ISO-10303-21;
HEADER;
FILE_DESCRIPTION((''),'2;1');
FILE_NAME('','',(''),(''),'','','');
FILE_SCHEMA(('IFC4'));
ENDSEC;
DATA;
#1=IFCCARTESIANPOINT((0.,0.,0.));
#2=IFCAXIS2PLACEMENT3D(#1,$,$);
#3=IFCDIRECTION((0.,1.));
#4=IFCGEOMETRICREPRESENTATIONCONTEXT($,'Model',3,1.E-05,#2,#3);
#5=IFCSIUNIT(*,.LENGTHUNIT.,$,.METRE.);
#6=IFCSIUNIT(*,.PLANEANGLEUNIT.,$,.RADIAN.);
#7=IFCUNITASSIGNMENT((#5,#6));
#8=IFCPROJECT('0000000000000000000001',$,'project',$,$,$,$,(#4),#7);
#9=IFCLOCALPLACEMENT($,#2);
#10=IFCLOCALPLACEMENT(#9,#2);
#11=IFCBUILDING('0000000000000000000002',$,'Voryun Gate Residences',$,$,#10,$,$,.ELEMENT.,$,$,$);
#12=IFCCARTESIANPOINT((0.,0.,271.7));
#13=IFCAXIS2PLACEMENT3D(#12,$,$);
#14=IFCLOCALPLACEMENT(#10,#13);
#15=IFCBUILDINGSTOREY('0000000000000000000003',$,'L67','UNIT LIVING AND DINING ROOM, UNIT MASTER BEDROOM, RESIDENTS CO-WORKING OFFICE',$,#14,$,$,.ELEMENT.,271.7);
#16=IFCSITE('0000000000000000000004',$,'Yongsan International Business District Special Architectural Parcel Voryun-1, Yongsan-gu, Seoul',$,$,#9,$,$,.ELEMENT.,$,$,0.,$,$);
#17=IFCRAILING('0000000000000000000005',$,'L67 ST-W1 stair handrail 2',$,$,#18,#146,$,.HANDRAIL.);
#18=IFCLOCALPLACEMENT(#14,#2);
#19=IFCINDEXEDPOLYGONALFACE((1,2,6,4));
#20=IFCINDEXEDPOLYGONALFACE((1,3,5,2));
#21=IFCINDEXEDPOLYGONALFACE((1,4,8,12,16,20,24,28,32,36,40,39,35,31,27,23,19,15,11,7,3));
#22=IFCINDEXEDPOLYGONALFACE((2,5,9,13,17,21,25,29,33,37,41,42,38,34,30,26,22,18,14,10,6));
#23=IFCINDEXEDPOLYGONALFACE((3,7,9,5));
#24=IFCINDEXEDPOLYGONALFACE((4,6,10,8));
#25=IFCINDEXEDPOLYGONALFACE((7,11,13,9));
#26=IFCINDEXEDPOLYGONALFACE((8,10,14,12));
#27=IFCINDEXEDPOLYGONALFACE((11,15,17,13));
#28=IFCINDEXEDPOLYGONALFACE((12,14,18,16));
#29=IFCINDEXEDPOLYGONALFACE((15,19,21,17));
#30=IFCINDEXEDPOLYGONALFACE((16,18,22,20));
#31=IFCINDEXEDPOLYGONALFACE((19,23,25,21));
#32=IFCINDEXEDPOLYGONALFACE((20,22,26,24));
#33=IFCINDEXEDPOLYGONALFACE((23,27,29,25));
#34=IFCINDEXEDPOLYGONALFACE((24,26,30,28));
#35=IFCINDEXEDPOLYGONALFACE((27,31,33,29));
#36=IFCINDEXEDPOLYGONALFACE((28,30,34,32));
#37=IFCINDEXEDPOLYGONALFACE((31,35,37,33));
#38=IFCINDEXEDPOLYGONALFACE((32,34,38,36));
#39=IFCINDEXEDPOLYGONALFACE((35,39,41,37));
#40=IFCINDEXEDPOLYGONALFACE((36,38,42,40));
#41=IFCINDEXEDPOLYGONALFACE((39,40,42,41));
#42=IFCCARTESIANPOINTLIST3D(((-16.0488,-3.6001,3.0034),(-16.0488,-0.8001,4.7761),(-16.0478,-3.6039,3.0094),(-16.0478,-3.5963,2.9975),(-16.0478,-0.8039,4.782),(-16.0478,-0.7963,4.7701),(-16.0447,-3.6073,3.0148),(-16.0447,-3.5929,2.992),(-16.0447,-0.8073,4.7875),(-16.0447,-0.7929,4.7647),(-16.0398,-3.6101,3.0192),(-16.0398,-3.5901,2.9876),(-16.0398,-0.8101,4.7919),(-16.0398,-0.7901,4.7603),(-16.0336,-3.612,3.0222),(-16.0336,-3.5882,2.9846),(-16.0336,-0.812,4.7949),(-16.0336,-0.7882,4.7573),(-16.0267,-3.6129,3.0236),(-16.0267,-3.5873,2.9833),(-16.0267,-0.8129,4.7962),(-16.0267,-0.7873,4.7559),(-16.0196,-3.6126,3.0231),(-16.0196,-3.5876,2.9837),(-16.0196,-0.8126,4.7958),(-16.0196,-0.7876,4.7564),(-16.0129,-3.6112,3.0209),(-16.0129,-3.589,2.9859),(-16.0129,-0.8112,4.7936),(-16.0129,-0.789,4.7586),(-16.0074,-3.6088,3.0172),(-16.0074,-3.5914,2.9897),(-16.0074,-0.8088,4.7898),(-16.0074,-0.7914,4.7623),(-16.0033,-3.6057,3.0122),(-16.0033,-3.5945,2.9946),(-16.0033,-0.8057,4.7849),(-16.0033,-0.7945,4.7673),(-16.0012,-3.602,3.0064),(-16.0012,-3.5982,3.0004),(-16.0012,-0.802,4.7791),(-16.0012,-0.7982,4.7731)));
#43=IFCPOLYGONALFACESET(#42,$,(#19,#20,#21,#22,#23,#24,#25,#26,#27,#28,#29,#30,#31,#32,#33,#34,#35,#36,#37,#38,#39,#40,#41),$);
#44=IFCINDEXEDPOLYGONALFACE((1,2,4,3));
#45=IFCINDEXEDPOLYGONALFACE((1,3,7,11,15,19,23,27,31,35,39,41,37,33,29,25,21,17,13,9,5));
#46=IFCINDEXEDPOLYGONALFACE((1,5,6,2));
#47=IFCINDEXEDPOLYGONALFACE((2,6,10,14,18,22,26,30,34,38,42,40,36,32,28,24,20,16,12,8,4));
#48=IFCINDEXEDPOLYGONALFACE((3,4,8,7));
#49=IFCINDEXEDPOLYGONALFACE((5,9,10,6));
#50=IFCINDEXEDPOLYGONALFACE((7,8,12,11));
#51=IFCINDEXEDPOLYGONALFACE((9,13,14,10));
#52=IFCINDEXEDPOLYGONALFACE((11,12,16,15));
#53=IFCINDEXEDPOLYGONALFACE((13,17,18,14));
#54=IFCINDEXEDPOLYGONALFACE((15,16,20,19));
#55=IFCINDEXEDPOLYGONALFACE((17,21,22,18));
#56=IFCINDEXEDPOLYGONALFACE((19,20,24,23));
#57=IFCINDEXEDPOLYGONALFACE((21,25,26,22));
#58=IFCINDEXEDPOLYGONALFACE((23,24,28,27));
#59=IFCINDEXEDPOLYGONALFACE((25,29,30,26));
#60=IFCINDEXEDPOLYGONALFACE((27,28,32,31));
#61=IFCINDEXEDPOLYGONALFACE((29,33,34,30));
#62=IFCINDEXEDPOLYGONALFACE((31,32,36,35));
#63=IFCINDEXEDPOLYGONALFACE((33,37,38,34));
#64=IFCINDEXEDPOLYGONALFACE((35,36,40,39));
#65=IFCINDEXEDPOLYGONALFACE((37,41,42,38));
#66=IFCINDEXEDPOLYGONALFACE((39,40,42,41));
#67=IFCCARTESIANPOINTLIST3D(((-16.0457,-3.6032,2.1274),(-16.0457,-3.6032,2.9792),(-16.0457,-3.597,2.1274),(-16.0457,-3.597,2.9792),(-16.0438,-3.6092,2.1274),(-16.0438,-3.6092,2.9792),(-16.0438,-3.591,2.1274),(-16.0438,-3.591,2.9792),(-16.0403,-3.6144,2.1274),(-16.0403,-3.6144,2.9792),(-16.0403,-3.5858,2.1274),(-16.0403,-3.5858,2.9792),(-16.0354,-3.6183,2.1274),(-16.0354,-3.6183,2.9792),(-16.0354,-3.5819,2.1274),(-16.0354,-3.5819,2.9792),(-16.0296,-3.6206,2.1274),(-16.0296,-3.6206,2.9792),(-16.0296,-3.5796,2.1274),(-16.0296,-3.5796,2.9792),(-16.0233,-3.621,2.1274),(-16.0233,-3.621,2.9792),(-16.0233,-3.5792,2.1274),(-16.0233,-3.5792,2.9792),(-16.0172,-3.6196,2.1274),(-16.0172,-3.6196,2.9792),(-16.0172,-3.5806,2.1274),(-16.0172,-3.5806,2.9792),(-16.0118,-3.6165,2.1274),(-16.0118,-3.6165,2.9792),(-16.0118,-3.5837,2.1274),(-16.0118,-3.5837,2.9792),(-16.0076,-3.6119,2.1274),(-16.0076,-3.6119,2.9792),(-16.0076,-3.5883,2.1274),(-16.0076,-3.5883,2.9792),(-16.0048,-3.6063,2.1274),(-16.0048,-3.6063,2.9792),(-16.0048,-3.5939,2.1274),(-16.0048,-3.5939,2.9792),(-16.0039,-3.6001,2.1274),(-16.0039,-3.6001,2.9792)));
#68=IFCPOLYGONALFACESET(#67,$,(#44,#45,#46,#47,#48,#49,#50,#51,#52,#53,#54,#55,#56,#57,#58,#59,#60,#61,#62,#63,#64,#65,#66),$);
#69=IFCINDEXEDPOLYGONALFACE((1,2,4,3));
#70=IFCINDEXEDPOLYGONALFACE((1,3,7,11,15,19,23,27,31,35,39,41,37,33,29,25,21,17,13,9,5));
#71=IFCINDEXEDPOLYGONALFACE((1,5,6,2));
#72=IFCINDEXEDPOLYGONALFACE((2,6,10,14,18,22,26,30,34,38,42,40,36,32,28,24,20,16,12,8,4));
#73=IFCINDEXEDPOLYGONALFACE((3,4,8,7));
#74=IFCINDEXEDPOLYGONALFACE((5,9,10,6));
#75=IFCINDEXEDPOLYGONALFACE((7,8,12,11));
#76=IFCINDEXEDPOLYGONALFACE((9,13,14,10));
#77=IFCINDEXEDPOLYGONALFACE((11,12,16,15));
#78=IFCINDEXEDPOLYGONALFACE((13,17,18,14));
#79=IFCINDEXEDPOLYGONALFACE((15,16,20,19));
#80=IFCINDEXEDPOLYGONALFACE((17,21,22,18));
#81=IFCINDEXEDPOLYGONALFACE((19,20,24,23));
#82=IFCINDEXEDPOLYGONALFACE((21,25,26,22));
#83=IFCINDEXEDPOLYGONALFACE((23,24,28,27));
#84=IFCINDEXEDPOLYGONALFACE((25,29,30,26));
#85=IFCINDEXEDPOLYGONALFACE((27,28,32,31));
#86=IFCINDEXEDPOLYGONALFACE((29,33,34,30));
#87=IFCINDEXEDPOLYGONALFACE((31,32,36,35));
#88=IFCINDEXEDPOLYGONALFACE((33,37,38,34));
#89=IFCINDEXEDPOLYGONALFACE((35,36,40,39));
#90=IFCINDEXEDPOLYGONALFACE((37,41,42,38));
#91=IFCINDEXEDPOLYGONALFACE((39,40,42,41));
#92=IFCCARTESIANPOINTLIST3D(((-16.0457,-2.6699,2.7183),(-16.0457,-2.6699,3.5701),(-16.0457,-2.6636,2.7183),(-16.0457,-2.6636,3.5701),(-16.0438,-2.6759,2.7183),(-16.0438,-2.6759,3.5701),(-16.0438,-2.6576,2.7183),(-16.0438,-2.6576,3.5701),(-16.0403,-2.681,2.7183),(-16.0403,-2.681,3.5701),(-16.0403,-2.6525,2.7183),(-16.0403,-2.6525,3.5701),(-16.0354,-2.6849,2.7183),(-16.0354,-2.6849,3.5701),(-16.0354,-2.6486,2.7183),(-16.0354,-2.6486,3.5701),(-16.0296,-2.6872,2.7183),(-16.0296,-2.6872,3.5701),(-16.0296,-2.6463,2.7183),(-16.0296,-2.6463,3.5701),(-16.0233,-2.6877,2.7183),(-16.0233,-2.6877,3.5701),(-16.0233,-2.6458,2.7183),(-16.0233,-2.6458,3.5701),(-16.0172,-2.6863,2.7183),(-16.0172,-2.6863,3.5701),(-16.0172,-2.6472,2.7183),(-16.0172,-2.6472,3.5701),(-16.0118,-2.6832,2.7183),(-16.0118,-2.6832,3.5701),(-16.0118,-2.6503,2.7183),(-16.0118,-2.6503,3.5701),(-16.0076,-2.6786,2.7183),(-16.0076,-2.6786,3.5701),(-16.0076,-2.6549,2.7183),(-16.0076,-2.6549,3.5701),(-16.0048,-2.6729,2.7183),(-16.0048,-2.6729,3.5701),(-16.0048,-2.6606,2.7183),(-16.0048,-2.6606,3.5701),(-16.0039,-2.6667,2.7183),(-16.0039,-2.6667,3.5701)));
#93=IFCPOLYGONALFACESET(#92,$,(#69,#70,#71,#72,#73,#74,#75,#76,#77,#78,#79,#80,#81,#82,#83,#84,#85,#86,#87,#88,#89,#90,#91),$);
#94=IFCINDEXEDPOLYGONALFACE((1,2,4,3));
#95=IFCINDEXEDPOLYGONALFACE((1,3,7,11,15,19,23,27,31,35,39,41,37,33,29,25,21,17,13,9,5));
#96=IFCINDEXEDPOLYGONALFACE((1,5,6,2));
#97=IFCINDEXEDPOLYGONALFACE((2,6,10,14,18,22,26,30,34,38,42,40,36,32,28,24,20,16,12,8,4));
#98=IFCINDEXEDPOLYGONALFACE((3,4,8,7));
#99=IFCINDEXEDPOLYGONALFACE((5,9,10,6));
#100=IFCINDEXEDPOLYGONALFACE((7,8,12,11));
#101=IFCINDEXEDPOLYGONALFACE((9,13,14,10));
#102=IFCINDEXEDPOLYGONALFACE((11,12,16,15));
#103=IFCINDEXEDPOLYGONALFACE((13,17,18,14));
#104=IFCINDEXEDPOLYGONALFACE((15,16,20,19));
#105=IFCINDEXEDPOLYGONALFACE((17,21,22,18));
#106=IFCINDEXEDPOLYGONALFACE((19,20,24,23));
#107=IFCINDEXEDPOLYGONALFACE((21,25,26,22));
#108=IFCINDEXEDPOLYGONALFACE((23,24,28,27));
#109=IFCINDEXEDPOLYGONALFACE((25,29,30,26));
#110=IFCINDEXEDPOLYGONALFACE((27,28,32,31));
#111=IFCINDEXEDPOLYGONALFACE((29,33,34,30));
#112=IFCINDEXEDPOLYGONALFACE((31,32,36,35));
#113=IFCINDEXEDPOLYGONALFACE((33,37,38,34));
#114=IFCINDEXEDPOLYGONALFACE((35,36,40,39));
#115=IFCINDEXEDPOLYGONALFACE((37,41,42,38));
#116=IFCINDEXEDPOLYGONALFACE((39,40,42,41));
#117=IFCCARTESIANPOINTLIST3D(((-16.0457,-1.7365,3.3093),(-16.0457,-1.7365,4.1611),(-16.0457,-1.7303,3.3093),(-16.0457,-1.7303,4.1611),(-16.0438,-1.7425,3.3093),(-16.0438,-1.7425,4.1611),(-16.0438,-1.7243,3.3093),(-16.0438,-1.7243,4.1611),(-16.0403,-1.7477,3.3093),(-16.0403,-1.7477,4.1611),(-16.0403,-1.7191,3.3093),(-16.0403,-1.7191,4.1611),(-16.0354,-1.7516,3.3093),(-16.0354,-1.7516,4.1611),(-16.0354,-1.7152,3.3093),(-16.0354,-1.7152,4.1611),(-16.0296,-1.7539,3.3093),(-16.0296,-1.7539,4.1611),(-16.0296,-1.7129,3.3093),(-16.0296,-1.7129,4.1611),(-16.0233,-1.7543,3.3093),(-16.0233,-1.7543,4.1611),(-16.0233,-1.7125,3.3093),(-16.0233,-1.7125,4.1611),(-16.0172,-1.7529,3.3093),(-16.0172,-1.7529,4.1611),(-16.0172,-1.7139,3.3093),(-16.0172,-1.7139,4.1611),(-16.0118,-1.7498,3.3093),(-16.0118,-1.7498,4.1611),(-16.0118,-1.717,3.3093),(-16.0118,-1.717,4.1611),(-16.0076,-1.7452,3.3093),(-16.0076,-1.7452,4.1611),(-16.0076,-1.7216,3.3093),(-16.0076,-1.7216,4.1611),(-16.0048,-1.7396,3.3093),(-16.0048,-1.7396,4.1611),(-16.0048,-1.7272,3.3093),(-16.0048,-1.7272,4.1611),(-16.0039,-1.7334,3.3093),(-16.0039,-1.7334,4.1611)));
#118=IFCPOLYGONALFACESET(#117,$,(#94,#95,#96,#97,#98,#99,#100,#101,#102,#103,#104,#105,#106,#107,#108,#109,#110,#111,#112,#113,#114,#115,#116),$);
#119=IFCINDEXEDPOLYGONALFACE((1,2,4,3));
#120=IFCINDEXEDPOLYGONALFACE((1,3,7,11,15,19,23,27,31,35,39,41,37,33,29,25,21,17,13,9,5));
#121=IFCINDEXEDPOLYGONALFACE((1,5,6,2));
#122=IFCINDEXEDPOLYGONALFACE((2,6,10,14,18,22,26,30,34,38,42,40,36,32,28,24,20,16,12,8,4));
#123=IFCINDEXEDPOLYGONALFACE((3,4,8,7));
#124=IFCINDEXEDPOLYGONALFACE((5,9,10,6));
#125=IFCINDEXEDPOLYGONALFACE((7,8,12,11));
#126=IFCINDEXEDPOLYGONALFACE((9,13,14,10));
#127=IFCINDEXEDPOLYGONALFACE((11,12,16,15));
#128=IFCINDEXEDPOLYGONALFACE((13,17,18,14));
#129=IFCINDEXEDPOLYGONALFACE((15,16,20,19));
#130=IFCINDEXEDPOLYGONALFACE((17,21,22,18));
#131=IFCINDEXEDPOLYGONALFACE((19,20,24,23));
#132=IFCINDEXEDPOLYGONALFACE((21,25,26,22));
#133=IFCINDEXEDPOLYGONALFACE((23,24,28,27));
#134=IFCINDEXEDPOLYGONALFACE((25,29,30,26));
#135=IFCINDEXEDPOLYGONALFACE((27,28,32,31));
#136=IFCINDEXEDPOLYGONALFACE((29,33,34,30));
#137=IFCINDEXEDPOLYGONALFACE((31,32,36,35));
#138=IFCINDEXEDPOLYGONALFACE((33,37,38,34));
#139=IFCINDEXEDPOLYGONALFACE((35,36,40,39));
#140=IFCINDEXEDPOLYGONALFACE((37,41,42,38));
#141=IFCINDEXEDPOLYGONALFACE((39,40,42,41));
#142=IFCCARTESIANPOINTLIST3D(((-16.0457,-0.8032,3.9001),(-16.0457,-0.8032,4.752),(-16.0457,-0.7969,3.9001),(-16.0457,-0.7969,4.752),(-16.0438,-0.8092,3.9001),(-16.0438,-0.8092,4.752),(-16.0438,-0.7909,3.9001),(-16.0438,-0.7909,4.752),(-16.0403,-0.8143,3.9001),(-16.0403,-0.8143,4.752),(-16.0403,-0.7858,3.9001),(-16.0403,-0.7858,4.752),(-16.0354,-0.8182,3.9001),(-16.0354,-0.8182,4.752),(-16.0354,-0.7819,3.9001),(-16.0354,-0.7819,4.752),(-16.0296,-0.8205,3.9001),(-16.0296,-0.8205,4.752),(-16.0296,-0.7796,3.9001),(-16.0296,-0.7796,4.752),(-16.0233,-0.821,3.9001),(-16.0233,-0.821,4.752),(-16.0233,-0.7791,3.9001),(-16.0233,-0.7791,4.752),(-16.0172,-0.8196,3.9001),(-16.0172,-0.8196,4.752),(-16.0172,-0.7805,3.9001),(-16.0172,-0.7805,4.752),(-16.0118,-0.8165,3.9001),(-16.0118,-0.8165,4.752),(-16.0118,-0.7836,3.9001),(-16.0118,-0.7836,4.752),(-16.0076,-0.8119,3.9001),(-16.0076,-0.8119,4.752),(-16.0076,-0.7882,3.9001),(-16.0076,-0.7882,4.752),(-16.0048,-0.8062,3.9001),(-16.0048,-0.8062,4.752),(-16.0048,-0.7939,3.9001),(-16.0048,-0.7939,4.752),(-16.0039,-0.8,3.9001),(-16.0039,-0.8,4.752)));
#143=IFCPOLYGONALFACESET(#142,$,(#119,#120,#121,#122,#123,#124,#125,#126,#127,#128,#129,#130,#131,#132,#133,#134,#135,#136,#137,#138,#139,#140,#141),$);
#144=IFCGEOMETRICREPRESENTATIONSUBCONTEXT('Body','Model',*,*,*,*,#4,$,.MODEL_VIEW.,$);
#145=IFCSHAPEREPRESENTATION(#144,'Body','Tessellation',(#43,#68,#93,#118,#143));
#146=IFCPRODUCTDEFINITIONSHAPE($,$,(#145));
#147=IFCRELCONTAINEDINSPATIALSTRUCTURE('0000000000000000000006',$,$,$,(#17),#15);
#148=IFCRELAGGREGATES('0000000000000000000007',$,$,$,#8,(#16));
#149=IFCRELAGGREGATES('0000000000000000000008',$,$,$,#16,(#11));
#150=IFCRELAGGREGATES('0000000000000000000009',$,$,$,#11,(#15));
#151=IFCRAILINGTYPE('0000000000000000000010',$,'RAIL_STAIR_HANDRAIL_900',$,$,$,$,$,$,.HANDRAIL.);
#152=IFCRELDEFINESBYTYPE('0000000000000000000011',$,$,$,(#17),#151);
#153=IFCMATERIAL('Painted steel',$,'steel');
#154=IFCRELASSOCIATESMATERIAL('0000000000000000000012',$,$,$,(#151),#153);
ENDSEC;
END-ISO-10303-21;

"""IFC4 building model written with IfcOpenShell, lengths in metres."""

from ifc_helpers import new_model, si_unit, direction, frame, origin, origin_2d, place, context, subcontext, project, spatial, circle, extrude, material, type_object, element, save


model = new_model("IFC4")

# Units and contexts
model_context = context("Model", 3, precision=1e-05, world=origin(), true_north=direction((0.0, 1.0)))
body_context = subcontext(model_context, "Body", "Model", "MODEL_VIEW")
ifc_project = project(units=[si_unit("LENGTHUNIT", "METRE"), si_unit("PLANEANGLEUNIT", "RADIAN")], contexts=[model_context])

# Site, building, storey
site_placement = place(None, origin())
site = spatial("IfcSite", under=ifc_project, at=site_placement, Name="Yongsan International Business District Special Architectural Parcel Voryun-1, Yongsan-gu, Seoul", CompositionType="ELEMENT", RefElevation=0.0)
building_placement = place(site_placement, origin())
building = spatial("IfcBuilding", under=site, at=building_placement, Name="Voryun Gate Residences", CompositionType="ELEMENT")
storey_placement = place(building_placement, frame((0.0, 0.0, 271.7)))
storey = spatial("IfcBuildingStorey", under=building, at=storey_placement, Name="L67", Description="UNIT LIVING AND DINING ROOM, UNIT MASTER BEDROOM, RESIDENTS CO-WORKING OFFICE", CompositionType="ELEMENT", Elevation=271.7)

# Railing
ifc_material_1 = material(Name="Painted steel", Category="steel")
railing_type_1 = type_object("IfcRailingType", Name="RAIL_STAIR_HANDRAIL_900", PredefinedType="HANDRAIL", material=ifc_material_1)
railing_1_placement = place(storey_placement, frame((-16.0249, -3.6001, 2.1274)))
element("IfcRailing", 1, at=railing_1_placement, inside=storey, type_object=railing_type_1, Name="L67 ST-W1 stair handrail 2", PredefinedType="HANDRAIL", context=body_context, shape_type="SweptSolid", body=[
    extrude(circle(Radius=0.0239, at=origin_2d()), frame((0.0, 0.0, 0.876), z_axis=(0.0, 0.844909, 0.53491), x_axis=(-1.0, 0.0, 0.0)), (0.0, 0.0, 1.0), 3.314),
    extrude(circle(Radius=0.021, at=origin_2d()), origin(), (0.0, 0.0, 1.0), 0.8518),
    extrude(circle(Radius=0.021, at=origin_2d()), frame((0.0, 0.9333, 0.5908)), (0.0, 0.0, 1.0), 0.8518),
    extrude(circle(Radius=0.021, at=origin_2d()), frame((0.0, 1.8667, 1.1819)), (0.0, 0.0, 1.0), 0.8518),
    extrude(circle(Radius=0.021, at=origin_2d()), frame((0.0, 2.8, 1.7727)), (0.0, 0.0, 1.0), 0.8518),
])

save(model, "model.ifc")
